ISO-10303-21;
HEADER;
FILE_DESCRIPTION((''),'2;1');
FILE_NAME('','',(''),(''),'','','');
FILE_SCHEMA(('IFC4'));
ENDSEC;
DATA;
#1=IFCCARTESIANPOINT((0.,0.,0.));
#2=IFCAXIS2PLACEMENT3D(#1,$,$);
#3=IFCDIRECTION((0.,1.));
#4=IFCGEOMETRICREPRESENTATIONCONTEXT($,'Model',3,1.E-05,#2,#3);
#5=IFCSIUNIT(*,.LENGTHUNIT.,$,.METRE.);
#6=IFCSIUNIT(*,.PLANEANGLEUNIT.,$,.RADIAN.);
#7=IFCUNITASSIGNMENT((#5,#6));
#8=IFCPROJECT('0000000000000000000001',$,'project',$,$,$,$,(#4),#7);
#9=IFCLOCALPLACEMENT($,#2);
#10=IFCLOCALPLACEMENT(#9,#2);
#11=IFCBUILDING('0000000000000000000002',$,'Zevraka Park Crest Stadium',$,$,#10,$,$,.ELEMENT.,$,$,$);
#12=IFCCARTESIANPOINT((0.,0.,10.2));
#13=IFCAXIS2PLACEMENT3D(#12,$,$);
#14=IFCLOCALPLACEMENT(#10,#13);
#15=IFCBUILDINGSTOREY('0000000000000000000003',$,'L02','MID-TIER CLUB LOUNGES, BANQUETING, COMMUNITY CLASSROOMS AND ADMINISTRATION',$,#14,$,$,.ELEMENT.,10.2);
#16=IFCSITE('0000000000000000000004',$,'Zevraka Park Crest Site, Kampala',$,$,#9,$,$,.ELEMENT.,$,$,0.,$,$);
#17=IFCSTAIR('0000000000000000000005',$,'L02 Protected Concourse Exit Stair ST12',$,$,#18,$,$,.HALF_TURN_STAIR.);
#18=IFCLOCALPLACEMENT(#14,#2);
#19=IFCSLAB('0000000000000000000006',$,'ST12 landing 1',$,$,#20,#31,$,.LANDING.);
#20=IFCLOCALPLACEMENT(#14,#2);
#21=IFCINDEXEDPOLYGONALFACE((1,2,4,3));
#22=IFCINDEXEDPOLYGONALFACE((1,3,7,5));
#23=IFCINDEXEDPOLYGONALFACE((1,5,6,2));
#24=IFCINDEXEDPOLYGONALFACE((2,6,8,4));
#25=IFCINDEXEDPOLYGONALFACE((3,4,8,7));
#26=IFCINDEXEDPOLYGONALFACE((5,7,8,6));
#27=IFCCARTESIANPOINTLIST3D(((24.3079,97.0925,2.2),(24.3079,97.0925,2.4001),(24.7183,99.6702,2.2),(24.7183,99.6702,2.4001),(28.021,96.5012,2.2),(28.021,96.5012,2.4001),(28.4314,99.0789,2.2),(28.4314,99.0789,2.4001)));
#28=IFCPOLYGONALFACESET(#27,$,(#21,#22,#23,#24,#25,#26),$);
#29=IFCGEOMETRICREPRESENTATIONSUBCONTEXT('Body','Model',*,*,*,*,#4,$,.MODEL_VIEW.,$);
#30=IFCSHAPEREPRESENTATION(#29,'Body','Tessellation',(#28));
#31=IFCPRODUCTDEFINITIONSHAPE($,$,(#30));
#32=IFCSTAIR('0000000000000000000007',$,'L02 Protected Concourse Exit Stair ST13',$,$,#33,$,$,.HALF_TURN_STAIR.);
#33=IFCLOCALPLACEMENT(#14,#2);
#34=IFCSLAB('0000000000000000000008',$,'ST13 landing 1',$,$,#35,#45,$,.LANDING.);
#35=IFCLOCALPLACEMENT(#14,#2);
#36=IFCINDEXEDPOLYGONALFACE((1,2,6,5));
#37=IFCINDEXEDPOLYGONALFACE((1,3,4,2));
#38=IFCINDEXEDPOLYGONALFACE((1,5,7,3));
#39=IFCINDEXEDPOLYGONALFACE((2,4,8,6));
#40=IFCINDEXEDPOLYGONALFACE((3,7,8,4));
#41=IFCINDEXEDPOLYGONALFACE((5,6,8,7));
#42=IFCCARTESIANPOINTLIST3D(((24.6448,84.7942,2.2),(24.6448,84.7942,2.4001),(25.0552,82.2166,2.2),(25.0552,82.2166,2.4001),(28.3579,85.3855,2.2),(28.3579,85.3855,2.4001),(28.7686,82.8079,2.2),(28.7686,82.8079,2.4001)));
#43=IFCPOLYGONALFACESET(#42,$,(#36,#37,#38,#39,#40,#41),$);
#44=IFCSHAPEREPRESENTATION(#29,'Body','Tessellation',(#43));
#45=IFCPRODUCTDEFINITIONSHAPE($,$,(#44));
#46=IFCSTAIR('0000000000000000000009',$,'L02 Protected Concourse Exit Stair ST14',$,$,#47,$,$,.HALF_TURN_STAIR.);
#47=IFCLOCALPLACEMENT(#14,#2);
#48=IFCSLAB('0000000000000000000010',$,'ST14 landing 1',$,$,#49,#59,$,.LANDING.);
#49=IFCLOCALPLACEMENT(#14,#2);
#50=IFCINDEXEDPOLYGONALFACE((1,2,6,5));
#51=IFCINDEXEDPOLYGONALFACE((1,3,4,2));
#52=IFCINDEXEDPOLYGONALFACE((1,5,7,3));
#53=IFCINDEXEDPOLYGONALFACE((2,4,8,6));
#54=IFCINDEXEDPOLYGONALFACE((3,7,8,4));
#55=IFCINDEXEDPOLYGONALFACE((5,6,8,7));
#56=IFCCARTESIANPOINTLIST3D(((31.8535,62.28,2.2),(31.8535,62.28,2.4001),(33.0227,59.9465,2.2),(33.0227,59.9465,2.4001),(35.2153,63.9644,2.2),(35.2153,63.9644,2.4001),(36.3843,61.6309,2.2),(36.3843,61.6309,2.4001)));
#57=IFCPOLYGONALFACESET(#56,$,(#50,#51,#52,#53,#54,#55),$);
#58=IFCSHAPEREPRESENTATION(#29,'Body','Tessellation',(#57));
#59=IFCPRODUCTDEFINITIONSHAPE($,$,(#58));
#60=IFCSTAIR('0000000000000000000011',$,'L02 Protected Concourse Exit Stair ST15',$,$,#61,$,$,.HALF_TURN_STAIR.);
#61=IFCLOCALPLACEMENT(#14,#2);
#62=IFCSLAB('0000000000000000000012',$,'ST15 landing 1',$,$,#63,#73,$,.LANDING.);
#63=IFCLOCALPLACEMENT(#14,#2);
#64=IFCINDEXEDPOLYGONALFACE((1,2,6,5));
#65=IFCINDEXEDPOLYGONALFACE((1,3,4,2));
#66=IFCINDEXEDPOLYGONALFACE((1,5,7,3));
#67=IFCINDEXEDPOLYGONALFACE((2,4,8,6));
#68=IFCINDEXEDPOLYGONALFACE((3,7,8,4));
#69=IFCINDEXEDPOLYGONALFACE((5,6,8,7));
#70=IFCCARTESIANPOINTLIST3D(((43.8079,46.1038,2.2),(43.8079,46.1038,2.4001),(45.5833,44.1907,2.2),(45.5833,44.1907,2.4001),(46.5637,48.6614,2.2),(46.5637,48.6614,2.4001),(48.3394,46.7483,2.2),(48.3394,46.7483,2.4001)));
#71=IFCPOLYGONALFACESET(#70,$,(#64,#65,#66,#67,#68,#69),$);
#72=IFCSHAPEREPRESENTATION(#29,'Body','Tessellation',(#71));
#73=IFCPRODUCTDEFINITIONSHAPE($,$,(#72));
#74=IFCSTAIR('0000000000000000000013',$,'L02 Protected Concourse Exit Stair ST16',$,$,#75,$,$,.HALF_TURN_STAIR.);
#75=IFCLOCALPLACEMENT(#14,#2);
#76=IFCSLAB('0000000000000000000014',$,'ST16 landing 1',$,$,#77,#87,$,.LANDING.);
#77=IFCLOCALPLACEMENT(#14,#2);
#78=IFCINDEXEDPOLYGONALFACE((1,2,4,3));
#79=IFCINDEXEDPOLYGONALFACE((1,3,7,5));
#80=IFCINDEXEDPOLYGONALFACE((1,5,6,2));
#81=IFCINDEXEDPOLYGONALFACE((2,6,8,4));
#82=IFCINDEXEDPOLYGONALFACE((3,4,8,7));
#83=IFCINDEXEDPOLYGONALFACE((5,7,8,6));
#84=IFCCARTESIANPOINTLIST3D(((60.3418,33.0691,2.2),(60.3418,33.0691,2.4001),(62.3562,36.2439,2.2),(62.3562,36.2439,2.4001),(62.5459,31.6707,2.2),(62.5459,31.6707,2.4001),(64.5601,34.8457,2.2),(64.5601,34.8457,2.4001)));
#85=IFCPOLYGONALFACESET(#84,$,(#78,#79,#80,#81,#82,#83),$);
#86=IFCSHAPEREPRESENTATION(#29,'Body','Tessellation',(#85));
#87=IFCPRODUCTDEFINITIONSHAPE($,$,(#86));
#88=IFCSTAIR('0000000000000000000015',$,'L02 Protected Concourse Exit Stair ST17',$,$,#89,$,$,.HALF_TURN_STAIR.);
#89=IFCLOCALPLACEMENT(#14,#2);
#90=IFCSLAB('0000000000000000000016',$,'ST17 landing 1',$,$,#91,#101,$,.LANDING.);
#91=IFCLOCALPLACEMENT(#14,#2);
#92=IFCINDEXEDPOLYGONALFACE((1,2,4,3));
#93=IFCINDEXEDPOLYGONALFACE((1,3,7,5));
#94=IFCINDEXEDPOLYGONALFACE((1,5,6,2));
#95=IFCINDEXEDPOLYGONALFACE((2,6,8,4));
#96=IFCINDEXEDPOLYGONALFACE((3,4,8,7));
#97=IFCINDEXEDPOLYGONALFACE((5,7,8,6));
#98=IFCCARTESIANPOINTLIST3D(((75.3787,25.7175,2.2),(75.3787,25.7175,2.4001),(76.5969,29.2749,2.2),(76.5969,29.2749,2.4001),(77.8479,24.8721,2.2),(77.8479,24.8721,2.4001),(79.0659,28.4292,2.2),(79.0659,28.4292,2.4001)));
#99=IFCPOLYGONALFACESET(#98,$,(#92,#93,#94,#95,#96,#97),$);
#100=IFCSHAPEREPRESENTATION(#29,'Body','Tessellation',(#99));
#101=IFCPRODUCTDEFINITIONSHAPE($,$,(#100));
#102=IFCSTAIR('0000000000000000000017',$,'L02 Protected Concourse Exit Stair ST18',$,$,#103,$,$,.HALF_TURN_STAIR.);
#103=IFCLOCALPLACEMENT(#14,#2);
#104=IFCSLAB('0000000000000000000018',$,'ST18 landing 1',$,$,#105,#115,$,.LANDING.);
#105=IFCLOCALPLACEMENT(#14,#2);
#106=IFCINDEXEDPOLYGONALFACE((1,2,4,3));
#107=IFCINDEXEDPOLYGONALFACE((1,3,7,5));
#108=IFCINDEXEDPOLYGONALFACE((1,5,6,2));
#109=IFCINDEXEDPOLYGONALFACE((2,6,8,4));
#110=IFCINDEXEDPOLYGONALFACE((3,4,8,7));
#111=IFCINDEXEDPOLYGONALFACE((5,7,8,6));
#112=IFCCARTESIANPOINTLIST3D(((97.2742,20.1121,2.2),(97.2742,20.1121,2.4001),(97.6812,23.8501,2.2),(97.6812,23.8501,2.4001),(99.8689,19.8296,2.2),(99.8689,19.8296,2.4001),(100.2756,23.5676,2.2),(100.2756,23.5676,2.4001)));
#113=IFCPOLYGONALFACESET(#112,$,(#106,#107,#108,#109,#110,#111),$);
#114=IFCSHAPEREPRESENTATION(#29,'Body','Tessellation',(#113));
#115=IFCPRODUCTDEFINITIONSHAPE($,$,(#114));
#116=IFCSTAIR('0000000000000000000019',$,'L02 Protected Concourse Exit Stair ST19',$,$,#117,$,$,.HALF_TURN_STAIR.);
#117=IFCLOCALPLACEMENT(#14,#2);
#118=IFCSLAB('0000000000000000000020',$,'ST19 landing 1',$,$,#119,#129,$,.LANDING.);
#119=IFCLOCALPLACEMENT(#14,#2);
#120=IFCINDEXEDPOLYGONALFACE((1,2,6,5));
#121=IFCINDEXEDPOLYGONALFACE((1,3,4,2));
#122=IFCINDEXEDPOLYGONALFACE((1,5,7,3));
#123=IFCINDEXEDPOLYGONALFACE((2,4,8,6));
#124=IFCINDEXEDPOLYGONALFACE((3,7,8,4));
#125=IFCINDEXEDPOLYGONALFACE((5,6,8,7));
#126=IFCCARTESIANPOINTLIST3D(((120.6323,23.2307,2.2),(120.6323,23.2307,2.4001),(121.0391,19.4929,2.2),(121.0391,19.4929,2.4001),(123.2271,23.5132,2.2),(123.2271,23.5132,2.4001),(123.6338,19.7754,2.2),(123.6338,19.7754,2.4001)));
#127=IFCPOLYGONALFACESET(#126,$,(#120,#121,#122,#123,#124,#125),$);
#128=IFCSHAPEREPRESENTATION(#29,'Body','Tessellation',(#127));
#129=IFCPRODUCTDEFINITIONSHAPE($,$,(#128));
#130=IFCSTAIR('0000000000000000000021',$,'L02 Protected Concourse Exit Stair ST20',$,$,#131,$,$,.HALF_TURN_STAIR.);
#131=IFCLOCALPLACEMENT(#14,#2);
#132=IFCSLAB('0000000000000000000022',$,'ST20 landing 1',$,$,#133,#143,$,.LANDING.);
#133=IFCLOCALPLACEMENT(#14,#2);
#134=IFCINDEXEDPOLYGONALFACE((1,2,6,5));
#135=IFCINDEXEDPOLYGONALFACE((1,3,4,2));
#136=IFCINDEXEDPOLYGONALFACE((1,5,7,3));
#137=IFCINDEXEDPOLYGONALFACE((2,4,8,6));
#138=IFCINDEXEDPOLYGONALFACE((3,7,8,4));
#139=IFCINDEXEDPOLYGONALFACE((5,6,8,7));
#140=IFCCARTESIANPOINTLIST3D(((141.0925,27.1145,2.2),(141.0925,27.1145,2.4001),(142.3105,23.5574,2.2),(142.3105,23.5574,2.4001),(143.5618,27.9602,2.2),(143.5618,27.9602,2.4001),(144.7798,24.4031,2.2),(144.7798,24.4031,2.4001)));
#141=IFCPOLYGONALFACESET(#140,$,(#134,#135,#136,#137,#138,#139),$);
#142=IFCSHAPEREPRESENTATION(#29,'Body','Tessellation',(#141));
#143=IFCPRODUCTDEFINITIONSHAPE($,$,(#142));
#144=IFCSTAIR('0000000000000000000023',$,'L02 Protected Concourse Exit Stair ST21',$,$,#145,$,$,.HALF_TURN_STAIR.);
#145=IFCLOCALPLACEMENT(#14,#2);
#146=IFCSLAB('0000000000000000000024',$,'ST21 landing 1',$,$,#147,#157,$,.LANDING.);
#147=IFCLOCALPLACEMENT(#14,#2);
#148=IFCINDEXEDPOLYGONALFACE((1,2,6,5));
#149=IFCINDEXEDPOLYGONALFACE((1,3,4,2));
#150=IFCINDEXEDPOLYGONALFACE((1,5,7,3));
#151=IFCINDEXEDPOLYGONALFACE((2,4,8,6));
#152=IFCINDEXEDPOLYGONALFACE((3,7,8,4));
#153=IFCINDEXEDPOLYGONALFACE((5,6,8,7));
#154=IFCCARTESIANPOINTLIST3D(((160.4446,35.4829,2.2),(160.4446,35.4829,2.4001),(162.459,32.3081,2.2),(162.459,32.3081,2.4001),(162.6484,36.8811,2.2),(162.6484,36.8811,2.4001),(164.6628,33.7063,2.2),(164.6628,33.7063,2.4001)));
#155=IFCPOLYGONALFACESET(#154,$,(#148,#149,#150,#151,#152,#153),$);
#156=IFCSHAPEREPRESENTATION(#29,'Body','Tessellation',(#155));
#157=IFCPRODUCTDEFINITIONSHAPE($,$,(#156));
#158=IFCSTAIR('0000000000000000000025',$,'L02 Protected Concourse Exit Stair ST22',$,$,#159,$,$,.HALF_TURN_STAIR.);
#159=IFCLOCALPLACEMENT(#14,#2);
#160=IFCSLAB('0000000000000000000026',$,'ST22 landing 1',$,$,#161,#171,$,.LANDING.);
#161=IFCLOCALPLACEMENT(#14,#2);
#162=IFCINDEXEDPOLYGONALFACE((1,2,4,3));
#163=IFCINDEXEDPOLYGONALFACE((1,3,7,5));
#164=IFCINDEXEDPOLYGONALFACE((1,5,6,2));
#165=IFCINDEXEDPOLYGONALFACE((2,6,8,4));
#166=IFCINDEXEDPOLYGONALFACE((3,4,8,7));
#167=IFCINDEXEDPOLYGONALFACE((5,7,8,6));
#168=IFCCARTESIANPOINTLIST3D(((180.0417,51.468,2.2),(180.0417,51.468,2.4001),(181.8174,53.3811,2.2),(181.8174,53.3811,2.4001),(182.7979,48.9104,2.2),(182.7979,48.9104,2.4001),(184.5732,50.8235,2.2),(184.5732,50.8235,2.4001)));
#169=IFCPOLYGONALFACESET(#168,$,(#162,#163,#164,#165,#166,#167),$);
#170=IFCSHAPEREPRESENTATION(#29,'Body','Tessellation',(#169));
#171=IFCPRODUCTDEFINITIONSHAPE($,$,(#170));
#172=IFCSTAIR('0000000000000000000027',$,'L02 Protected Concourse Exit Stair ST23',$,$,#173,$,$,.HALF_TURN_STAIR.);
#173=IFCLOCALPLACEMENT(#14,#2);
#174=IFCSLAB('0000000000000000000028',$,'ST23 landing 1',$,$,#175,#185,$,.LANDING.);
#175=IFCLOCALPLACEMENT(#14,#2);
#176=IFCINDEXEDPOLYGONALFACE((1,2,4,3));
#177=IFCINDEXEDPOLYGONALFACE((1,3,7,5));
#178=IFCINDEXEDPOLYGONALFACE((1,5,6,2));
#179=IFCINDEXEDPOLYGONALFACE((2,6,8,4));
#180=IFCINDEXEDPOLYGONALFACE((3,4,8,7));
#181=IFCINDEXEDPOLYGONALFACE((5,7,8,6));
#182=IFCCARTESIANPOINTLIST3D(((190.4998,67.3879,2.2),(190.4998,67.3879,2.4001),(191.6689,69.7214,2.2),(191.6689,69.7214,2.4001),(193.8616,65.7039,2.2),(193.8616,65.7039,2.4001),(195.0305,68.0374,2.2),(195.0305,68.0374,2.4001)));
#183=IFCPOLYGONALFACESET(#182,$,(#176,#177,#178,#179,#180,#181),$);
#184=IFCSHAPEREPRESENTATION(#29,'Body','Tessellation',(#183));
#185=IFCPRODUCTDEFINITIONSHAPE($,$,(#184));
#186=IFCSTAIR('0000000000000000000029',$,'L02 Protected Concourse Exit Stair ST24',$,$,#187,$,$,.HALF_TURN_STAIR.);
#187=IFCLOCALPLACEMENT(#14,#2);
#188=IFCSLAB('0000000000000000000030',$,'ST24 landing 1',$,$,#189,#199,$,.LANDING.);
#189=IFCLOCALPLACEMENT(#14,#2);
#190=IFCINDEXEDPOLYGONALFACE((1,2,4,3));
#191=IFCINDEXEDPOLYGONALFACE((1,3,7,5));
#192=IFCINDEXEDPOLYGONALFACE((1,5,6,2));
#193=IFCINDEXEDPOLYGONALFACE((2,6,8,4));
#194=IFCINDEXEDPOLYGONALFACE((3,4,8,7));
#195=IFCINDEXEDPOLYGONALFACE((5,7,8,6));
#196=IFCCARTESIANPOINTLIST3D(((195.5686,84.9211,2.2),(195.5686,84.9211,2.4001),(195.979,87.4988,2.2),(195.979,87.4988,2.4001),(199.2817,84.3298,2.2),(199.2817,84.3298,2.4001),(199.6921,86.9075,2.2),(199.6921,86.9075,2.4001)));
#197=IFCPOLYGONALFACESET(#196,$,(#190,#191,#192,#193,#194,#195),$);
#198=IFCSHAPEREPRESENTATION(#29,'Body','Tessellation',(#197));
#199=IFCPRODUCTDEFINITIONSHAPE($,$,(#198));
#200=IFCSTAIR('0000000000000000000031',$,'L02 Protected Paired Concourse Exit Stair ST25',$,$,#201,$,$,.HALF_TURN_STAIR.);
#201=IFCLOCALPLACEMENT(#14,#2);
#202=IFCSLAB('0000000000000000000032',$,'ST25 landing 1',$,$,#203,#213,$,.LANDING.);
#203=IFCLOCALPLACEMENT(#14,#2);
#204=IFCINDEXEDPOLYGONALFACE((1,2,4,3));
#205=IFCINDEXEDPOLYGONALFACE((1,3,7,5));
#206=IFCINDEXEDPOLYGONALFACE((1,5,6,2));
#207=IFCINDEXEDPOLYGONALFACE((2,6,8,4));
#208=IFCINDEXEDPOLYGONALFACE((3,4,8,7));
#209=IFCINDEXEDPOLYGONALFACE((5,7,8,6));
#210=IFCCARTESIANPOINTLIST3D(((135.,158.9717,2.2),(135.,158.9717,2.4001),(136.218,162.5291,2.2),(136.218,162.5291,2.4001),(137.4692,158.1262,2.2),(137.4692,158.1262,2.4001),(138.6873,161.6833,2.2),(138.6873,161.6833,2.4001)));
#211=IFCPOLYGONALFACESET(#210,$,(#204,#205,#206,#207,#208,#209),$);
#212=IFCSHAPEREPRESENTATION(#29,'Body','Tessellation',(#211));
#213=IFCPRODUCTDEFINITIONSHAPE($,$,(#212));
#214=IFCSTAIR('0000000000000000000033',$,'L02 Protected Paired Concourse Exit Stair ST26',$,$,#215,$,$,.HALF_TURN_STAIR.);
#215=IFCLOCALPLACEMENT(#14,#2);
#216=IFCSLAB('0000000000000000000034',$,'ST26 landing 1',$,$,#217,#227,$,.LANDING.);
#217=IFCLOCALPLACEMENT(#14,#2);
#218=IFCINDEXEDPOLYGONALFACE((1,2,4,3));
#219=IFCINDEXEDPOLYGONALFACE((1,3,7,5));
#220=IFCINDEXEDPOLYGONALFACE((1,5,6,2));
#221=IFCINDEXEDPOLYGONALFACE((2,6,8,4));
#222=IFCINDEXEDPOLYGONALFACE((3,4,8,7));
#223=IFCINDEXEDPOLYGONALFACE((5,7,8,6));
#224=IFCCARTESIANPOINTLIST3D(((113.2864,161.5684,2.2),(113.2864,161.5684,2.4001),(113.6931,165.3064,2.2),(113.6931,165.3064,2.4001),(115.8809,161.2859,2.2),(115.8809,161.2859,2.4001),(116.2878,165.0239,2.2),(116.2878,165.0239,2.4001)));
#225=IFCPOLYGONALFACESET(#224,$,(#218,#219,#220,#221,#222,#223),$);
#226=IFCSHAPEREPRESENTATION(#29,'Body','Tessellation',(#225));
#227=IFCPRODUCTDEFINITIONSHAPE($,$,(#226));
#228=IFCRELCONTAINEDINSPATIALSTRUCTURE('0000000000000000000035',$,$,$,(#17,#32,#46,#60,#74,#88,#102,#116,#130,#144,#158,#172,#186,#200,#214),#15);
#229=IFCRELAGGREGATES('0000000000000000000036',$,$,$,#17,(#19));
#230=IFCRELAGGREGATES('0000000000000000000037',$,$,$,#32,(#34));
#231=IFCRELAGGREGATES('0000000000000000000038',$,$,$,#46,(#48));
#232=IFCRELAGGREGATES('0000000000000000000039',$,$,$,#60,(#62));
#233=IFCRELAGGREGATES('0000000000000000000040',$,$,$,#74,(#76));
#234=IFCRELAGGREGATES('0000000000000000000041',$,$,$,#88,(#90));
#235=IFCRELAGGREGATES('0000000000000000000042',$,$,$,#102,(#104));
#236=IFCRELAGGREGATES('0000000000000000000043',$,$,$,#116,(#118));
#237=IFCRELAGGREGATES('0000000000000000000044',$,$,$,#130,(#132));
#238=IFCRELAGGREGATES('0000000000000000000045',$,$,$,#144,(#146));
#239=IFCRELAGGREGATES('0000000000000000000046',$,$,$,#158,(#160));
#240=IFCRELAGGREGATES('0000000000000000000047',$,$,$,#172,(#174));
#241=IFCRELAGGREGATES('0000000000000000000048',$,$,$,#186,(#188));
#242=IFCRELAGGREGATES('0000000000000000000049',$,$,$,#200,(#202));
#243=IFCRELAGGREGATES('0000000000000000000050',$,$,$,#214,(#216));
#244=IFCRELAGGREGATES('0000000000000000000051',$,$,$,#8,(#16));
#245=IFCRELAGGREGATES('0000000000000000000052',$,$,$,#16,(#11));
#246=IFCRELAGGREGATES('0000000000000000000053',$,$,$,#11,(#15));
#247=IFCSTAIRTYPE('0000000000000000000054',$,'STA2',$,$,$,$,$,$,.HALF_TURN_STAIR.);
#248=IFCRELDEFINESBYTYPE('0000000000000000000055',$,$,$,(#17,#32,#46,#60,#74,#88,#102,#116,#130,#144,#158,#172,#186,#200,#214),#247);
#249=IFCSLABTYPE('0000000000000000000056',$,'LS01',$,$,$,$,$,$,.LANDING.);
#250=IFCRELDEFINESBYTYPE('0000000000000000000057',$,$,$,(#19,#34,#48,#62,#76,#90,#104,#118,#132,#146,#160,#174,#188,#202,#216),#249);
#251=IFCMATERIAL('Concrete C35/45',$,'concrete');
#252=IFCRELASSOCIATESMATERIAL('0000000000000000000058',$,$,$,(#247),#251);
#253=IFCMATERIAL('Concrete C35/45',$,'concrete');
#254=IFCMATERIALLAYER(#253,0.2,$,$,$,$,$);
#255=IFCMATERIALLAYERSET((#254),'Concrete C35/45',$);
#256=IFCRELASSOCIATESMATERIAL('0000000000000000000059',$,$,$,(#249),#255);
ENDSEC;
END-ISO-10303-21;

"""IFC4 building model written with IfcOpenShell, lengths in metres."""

from ifc_helpers import new_model, si_unit, direction, frame, origin, place, context, subcontext, project, spatial, polyline, outline, extrude, material, layer, layer_set, type_object, element, aggregate, save


model = new_model("IFC4")

# Units and contexts
model_context = context("Model", 3, precision=1e-05, world=origin(), true_north=direction((0.0, 1.0)))
body_context = subcontext(model_context, "Body", "Model", "MODEL_VIEW")
ifc_project = project(units=[si_unit("LENGTHUNIT", "METRE"), si_unit("PLANEANGLEUNIT", "RADIAN")], contexts=[model_context])

# Site, building, storey
site_placement = place(None, origin())
site = spatial("IfcSite", under=ifc_project, at=site_placement, Name="Zevraka Park Crest Site, Kampala", CompositionType="ELEMENT", RefElevation=0.0)
building_placement = place(site_placement, origin())
building = spatial("IfcBuilding", under=site, at=building_placement, Name="Zevraka Park Crest Stadium", CompositionType="ELEMENT")
storey_placement = place(building_placement, frame((0.0, 0.0, 10.2)))
storey = spatial("IfcBuildingStorey", under=building, at=storey_placement, Name="L02", Description="MID-TIER CLUB LOUNGES, BANQUETING, COMMUNITY CLASSROOMS AND ADMINISTRATION", CompositionType="ELEMENT", Elevation=10.2)

# Stairs, slabs
ifc_material_1 = material(Name="Concrete C35/45", Category="concrete")
stair_type = type_object("IfcStairType", Name="STA2", PredefinedType="HALF_TURN_STAIR", material=ifc_material_1)
stair_1_placement = place(storey_placement, origin())
stair_1 = element("IfcStair", 1, at=stair_1_placement, inside=storey, type_object=stair_type, Name="L02 Protected Concourse Exit Stair ST12", PredefinedType="HALF_TURN_STAIR")
ifc_material_2 = material(Name="Concrete C35/45", Category="concrete")
ifc_layer = layer(ifc_material_2, 0.2)
ifc_layer_set = layer_set([ifc_layer], Name="Concrete C35/45")
slab_type = type_object("IfcSlabType", Name="LS01", PredefinedType="LANDING", material=ifc_layer_set)
slab_1_placement = place(storey_placement, frame((0.0, 0.0, 2.2)))
slab_1 = element("IfcSlab", 2, at=slab_1_placement, type_object=slab_type, Name="ST12 landing 1", PredefinedType="LANDING", context=body_context, shape_type="SweptSolid", body=[
    extrude(outline(polyline([(24.7183, 99.6702), (24.3079, 97.0925), (28.021, 96.5012), (28.4314, 99.0789), (24.7183, 99.6702)])), origin(), (0.0, 0.0, 1.0), 0.2002),
])
aggregate(stair_1, [slab_1])
stair_2_placement = place(storey_placement, origin())
stair_2 = element("IfcStair", 3, at=stair_2_placement, inside=storey, type_object=stair_type, Name="L02 Protected Concourse Exit Stair ST13", PredefinedType="HALF_TURN_STAIR")
slab_2_placement = place(storey_placement, frame((0.0, 0.0, 2.2)))
slab_2 = element("IfcSlab", 4, at=slab_2_placement, type_object=slab_type, Name="ST13 landing 1", PredefinedType="LANDING", context=body_context, shape_type="SweptSolid", body=[
    extrude(outline(polyline([(24.6448, 84.7942), (25.0552, 82.2166), (28.7686, 82.8079), (28.3579, 85.3855), (24.6448, 84.7942)])), origin(), (0.0, 0.0, 1.0), 0.2002),
])
aggregate(stair_2, [slab_2])
stair_3_placement = place(storey_placement, origin())
stair_3 = element("IfcStair", 5, at=stair_3_placement, inside=storey, type_object=stair_type, Name="L02 Protected Concourse Exit Stair ST14", PredefinedType="HALF_TURN_STAIR")
slab_3_placement = place(storey_placement, frame((0.0, 0.0, 2.2)))
slab_3 = element("IfcSlab", 6, at=slab_3_placement, type_object=slab_type, Name="ST14 landing 1", PredefinedType="LANDING", context=body_context, shape_type="SweptSolid", body=[
    extrude(outline(polyline([(31.8535, 62.28), (33.0227, 59.9465), (36.3843, 61.6309), (35.2153, 63.9644), (31.8535, 62.28)])), origin(), (0.0, 0.0, 1.0), 0.2002),
])
aggregate(stair_3, [slab_3])
stair_4_placement = place(storey_placement, origin())
stair_4 = element("IfcStair", 7, at=stair_4_placement, inside=storey, type_object=stair_type, Name="L02 Protected Concourse Exit Stair ST15", PredefinedType="HALF_TURN_STAIR")
slab_4_placement = place(storey_placement, frame((0.0, 0.0, 2.2)))
slab_4 = element("IfcSlab", 8, at=slab_4_placement, type_object=slab_type, Name="ST15 landing 1", PredefinedType="LANDING", context=body_context, shape_type="SweptSolid", body=[
    extrude(outline(polyline([(43.8079, 46.1038), (45.5833, 44.1907), (48.3394, 46.7483), (46.5637, 48.6614), (43.8079, 46.1038)])), origin(), (0.0, 0.0, 1.0), 0.2002),
])
aggregate(stair_4, [slab_4])
stair_5_placement = place(storey_placement, origin())
stair_5 = element("IfcStair", 9, at=stair_5_placement, inside=storey, type_object=stair_type, Name="L02 Protected Concourse Exit Stair ST16", PredefinedType="HALF_TURN_STAIR")
slab_5_placement = place(storey_placement, frame((0.0, 0.0, 2.2)))
slab_5 = element("IfcSlab", 10, at=slab_5_placement, type_object=slab_type, Name="ST16 landing 1", PredefinedType="LANDING", context=body_context, shape_type="SweptSolid", body=[
    extrude(outline(polyline([(60.3418, 33.0691), (62.5459, 31.6707), (64.5601, 34.8457), (62.3562, 36.2439), (60.3418, 33.0691)])), origin(), (0.0, 0.0, 1.0), 0.2002),
])
aggregate(stair_5, [slab_5])
stair_6_placement = place(storey_placement, origin())
stair_6 = element("IfcStair", 11, at=stair_6_placement, inside=storey, type_object=stair_type, Name="L02 Protected Concourse Exit Stair ST17", PredefinedType="HALF_TURN_STAIR")
slab_6_placement = place(storey_placement, frame((0.0, 0.0, 2.2)))
slab_6 = element("IfcSlab", 12, at=slab_6_placement, type_object=slab_type, Name="ST17 landing 1", PredefinedType="LANDING", context=body_context, shape_type="SweptSolid", body=[
    extrude(outline(polyline([(75.3787, 25.7175), (77.8479, 24.8721), (79.0659, 28.4292), (76.5969, 29.2749), (75.3787, 25.7175)])), origin(), (0.0, 0.0, 1.0), 0.2002),
])
aggregate(stair_6, [slab_6])
stair_7_placement = place(storey_placement, origin())
stair_7 = element("IfcStair", 13, at=stair_7_placement, inside=storey, type_object=stair_type, Name="L02 Protected Concourse Exit Stair ST18", PredefinedType="HALF_TURN_STAIR")
slab_7_placement = place(storey_placement, frame((0.0, 0.0, 2.2)))
slab_7 = element("IfcSlab", 14, at=slab_7_placement, type_object=slab_type, Name="ST18 landing 1", PredefinedType="LANDING", context=body_context, shape_type="SweptSolid", body=[
    extrude(outline(polyline([(97.2742, 20.1121), (99.8689, 19.8296), (100.2756, 23.5676), (97.6812, 23.8501), (97.2742, 20.1121)])), origin(), (0.0, 0.0, 1.0), 0.2002),
])
aggregate(stair_7, [slab_7])
stair_8_placement = place(storey_placement, origin())
stair_8 = element("IfcStair", 15, at=stair_8_placement, inside=storey, type_object=stair_type, Name="L02 Protected Concourse Exit Stair ST19", PredefinedType="HALF_TURN_STAIR")
slab_8_placement = place(storey_placement, frame((0.0, 0.0, 2.2)))
slab_8 = element("IfcSlab", 16, at=slab_8_placement, type_object=slab_type, Name="ST19 landing 1", PredefinedType="LANDING", context=body_context, shape_type="SweptSolid", body=[
    extrude(outline(polyline([(121.0391, 19.4929), (123.6338, 19.7754), (123.2271, 23.5132), (120.6323, 23.2307), (121.0391, 19.4929)])), origin(), (0.0, 0.0, 1.0), 0.2002),
])
aggregate(stair_8, [slab_8])
stair_9_placement = place(storey_placement, origin())
stair_9 = element("IfcStair", 17, at=stair_9_placement, inside=storey, type_object=stair_type, Name="L02 Protected Concourse Exit Stair ST20", PredefinedType="HALF_TURN_STAIR")
slab_9_placement = place(storey_placement, frame((0.0, 0.0, 2.2)))
slab_9 = element("IfcSlab", 18, at=slab_9_placement, type_object=slab_type, Name="ST20 landing 1", PredefinedType="LANDING", context=body_context, shape_type="SweptSolid", body=[
    extrude(outline(polyline([(142.3105, 23.5574), (144.7798, 24.4031), (143.5618, 27.9602), (141.0925, 27.1145), (142.3105, 23.5574)])), origin(), (0.0, 0.0, 1.0), 0.2002),
])
aggregate(stair_9, [slab_9])
stair_10_placement = place(storey_placement, origin())
stair_10 = element("IfcStair", 19, at=stair_10_placement, inside=storey, type_object=stair_type, Name="L02 Protected Concourse Exit Stair ST21", PredefinedType="HALF_TURN_STAIR")
slab_10_placement = place(storey_placement, frame((0.0, 0.0, 2.2)))
slab_10 = element("IfcSlab", 20, at=slab_10_placement, type_object=slab_type, Name="ST21 landing 1", PredefinedType="LANDING", context=body_context, shape_type="SweptSolid", body=[
    extrude(outline(polyline([(162.459, 32.3081), (164.6628, 33.7063), (162.6484, 36.8811), (160.4446, 35.4829), (162.459, 32.3081)])), origin(), (0.0, 0.0, 1.0), 0.2002),
])
aggregate(stair_10, [slab_10])
stair_11_placement = place(storey_placement, origin())
stair_11 = element("IfcStair", 21, at=stair_11_placement, inside=storey, type_object=stair_type, Name="L02 Protected Concourse Exit Stair ST22", PredefinedType="HALF_TURN_STAIR")
slab_11_placement = place(storey_placement, frame((0.0, 0.0, 2.2)))
slab_11 = element("IfcSlab", 22, at=slab_11_placement, type_object=slab_type, Name="ST22 landing 1", PredefinedType="LANDING", context=body_context, shape_type="SweptSolid", body=[
    extrude(outline(polyline([(182.7979, 48.9104), (184.5732, 50.8235), (181.8174, 53.3811), (180.0417, 51.468), (182.7979, 48.9104)])), origin(), (0.0, 0.0, 1.0), 0.2002),
])
aggregate(stair_11, [slab_11])
stair_12_placement = place(storey_placement, origin())
stair_12 = element("IfcStair", 23, at=stair_12_placement, inside=storey, type_object=stair_type, Name="L02 Protected Concourse Exit Stair ST23", PredefinedType="HALF_TURN_STAIR")
slab_12_placement = place(storey_placement, frame((0.0, 0.0, 2.2)))
slab_12 = element("IfcSlab", 24, at=slab_12_placement, type_object=slab_type, Name="ST23 landing 1", PredefinedType="LANDING", context=body_context, shape_type="SweptSolid", body=[
    extrude(outline(polyline([(193.8616, 65.7039), (195.0305, 68.0374), (191.6689, 69.7214), (190.4998, 67.3879), (193.8616, 65.7039)])), origin(), (0.0, 0.0, 1.0), 0.2002),
])
aggregate(stair_12, [slab_12])
stair_13_placement = place(storey_placement, origin())
stair_13 = element("IfcStair", 25, at=stair_13_placement, inside=storey, type_object=stair_type, Name="L02 Protected Concourse Exit Stair ST24", PredefinedType="HALF_TURN_STAIR")
slab_13_placement = place(storey_placement, frame((0.0, 0.0, 2.2)))
slab_13 = element("IfcSlab", 26, at=slab_13_placement, type_object=slab_type, Name="ST24 landing 1", PredefinedType="LANDING", context=body_context, shape_type="SweptSolid", body=[
    extrude(outline(polyline([(199.2817, 84.3298), (199.6921, 86.9075), (195.979, 87.4988), (195.5686, 84.9211), (199.2817, 84.3298)])), origin(), (0.0, 0.0, 1.0), 0.2002),
])
aggregate(stair_13, [slab_13])
stair_14_placement = place(storey_placement, origin())
stair_14 = element("IfcStair", 27, at=stair_14_placement, inside=storey, type_object=stair_type, Name="L02 Protected Paired Concourse Exit Stair ST25", PredefinedType="HALF_TURN_STAIR")
slab_14_placement = place(storey_placement, frame((0.0, 0.0, 2.2)))
slab_14 = element("IfcSlab", 28, at=slab_14_placement, type_object=slab_type, Name="ST25 landing 1", PredefinedType="LANDING", context=body_context, shape_type="SweptSolid", body=[
    extrude(outline(polyline([(138.6873, 161.6833), (136.218, 162.5291), (135.0, 158.9717), (137.4692, 158.1262), (138.6873, 161.6833)])), origin(), (0.0, 0.0, 1.0), 0.2002),
])
aggregate(stair_14, [slab_14])
stair_15_placement = place(storey_placement, origin())
stair_15 = element("IfcStair", 29, at=stair_15_placement, inside=storey, type_object=stair_type, Name="L02 Protected Paired Concourse Exit Stair ST26", PredefinedType="HALF_TURN_STAIR")
slab_15_placement = place(storey_placement, frame((0.0, 0.0, 2.2)))
slab_15 = element("IfcSlab", 30, at=slab_15_placement, type_object=slab_type, Name="ST26 landing 1", PredefinedType="LANDING", context=body_context, shape_type="SweptSolid", body=[
    extrude(outline(polyline([(116.2878, 165.0239), (113.6931, 165.3064), (113.2864, 161.5684), (115.8809, 161.2859), (116.2878, 165.0239)])), origin(), (0.0, 0.0, 1.0), 0.2002),
])
aggregate(stair_15, [slab_15])

save(model, "model.ifc")
